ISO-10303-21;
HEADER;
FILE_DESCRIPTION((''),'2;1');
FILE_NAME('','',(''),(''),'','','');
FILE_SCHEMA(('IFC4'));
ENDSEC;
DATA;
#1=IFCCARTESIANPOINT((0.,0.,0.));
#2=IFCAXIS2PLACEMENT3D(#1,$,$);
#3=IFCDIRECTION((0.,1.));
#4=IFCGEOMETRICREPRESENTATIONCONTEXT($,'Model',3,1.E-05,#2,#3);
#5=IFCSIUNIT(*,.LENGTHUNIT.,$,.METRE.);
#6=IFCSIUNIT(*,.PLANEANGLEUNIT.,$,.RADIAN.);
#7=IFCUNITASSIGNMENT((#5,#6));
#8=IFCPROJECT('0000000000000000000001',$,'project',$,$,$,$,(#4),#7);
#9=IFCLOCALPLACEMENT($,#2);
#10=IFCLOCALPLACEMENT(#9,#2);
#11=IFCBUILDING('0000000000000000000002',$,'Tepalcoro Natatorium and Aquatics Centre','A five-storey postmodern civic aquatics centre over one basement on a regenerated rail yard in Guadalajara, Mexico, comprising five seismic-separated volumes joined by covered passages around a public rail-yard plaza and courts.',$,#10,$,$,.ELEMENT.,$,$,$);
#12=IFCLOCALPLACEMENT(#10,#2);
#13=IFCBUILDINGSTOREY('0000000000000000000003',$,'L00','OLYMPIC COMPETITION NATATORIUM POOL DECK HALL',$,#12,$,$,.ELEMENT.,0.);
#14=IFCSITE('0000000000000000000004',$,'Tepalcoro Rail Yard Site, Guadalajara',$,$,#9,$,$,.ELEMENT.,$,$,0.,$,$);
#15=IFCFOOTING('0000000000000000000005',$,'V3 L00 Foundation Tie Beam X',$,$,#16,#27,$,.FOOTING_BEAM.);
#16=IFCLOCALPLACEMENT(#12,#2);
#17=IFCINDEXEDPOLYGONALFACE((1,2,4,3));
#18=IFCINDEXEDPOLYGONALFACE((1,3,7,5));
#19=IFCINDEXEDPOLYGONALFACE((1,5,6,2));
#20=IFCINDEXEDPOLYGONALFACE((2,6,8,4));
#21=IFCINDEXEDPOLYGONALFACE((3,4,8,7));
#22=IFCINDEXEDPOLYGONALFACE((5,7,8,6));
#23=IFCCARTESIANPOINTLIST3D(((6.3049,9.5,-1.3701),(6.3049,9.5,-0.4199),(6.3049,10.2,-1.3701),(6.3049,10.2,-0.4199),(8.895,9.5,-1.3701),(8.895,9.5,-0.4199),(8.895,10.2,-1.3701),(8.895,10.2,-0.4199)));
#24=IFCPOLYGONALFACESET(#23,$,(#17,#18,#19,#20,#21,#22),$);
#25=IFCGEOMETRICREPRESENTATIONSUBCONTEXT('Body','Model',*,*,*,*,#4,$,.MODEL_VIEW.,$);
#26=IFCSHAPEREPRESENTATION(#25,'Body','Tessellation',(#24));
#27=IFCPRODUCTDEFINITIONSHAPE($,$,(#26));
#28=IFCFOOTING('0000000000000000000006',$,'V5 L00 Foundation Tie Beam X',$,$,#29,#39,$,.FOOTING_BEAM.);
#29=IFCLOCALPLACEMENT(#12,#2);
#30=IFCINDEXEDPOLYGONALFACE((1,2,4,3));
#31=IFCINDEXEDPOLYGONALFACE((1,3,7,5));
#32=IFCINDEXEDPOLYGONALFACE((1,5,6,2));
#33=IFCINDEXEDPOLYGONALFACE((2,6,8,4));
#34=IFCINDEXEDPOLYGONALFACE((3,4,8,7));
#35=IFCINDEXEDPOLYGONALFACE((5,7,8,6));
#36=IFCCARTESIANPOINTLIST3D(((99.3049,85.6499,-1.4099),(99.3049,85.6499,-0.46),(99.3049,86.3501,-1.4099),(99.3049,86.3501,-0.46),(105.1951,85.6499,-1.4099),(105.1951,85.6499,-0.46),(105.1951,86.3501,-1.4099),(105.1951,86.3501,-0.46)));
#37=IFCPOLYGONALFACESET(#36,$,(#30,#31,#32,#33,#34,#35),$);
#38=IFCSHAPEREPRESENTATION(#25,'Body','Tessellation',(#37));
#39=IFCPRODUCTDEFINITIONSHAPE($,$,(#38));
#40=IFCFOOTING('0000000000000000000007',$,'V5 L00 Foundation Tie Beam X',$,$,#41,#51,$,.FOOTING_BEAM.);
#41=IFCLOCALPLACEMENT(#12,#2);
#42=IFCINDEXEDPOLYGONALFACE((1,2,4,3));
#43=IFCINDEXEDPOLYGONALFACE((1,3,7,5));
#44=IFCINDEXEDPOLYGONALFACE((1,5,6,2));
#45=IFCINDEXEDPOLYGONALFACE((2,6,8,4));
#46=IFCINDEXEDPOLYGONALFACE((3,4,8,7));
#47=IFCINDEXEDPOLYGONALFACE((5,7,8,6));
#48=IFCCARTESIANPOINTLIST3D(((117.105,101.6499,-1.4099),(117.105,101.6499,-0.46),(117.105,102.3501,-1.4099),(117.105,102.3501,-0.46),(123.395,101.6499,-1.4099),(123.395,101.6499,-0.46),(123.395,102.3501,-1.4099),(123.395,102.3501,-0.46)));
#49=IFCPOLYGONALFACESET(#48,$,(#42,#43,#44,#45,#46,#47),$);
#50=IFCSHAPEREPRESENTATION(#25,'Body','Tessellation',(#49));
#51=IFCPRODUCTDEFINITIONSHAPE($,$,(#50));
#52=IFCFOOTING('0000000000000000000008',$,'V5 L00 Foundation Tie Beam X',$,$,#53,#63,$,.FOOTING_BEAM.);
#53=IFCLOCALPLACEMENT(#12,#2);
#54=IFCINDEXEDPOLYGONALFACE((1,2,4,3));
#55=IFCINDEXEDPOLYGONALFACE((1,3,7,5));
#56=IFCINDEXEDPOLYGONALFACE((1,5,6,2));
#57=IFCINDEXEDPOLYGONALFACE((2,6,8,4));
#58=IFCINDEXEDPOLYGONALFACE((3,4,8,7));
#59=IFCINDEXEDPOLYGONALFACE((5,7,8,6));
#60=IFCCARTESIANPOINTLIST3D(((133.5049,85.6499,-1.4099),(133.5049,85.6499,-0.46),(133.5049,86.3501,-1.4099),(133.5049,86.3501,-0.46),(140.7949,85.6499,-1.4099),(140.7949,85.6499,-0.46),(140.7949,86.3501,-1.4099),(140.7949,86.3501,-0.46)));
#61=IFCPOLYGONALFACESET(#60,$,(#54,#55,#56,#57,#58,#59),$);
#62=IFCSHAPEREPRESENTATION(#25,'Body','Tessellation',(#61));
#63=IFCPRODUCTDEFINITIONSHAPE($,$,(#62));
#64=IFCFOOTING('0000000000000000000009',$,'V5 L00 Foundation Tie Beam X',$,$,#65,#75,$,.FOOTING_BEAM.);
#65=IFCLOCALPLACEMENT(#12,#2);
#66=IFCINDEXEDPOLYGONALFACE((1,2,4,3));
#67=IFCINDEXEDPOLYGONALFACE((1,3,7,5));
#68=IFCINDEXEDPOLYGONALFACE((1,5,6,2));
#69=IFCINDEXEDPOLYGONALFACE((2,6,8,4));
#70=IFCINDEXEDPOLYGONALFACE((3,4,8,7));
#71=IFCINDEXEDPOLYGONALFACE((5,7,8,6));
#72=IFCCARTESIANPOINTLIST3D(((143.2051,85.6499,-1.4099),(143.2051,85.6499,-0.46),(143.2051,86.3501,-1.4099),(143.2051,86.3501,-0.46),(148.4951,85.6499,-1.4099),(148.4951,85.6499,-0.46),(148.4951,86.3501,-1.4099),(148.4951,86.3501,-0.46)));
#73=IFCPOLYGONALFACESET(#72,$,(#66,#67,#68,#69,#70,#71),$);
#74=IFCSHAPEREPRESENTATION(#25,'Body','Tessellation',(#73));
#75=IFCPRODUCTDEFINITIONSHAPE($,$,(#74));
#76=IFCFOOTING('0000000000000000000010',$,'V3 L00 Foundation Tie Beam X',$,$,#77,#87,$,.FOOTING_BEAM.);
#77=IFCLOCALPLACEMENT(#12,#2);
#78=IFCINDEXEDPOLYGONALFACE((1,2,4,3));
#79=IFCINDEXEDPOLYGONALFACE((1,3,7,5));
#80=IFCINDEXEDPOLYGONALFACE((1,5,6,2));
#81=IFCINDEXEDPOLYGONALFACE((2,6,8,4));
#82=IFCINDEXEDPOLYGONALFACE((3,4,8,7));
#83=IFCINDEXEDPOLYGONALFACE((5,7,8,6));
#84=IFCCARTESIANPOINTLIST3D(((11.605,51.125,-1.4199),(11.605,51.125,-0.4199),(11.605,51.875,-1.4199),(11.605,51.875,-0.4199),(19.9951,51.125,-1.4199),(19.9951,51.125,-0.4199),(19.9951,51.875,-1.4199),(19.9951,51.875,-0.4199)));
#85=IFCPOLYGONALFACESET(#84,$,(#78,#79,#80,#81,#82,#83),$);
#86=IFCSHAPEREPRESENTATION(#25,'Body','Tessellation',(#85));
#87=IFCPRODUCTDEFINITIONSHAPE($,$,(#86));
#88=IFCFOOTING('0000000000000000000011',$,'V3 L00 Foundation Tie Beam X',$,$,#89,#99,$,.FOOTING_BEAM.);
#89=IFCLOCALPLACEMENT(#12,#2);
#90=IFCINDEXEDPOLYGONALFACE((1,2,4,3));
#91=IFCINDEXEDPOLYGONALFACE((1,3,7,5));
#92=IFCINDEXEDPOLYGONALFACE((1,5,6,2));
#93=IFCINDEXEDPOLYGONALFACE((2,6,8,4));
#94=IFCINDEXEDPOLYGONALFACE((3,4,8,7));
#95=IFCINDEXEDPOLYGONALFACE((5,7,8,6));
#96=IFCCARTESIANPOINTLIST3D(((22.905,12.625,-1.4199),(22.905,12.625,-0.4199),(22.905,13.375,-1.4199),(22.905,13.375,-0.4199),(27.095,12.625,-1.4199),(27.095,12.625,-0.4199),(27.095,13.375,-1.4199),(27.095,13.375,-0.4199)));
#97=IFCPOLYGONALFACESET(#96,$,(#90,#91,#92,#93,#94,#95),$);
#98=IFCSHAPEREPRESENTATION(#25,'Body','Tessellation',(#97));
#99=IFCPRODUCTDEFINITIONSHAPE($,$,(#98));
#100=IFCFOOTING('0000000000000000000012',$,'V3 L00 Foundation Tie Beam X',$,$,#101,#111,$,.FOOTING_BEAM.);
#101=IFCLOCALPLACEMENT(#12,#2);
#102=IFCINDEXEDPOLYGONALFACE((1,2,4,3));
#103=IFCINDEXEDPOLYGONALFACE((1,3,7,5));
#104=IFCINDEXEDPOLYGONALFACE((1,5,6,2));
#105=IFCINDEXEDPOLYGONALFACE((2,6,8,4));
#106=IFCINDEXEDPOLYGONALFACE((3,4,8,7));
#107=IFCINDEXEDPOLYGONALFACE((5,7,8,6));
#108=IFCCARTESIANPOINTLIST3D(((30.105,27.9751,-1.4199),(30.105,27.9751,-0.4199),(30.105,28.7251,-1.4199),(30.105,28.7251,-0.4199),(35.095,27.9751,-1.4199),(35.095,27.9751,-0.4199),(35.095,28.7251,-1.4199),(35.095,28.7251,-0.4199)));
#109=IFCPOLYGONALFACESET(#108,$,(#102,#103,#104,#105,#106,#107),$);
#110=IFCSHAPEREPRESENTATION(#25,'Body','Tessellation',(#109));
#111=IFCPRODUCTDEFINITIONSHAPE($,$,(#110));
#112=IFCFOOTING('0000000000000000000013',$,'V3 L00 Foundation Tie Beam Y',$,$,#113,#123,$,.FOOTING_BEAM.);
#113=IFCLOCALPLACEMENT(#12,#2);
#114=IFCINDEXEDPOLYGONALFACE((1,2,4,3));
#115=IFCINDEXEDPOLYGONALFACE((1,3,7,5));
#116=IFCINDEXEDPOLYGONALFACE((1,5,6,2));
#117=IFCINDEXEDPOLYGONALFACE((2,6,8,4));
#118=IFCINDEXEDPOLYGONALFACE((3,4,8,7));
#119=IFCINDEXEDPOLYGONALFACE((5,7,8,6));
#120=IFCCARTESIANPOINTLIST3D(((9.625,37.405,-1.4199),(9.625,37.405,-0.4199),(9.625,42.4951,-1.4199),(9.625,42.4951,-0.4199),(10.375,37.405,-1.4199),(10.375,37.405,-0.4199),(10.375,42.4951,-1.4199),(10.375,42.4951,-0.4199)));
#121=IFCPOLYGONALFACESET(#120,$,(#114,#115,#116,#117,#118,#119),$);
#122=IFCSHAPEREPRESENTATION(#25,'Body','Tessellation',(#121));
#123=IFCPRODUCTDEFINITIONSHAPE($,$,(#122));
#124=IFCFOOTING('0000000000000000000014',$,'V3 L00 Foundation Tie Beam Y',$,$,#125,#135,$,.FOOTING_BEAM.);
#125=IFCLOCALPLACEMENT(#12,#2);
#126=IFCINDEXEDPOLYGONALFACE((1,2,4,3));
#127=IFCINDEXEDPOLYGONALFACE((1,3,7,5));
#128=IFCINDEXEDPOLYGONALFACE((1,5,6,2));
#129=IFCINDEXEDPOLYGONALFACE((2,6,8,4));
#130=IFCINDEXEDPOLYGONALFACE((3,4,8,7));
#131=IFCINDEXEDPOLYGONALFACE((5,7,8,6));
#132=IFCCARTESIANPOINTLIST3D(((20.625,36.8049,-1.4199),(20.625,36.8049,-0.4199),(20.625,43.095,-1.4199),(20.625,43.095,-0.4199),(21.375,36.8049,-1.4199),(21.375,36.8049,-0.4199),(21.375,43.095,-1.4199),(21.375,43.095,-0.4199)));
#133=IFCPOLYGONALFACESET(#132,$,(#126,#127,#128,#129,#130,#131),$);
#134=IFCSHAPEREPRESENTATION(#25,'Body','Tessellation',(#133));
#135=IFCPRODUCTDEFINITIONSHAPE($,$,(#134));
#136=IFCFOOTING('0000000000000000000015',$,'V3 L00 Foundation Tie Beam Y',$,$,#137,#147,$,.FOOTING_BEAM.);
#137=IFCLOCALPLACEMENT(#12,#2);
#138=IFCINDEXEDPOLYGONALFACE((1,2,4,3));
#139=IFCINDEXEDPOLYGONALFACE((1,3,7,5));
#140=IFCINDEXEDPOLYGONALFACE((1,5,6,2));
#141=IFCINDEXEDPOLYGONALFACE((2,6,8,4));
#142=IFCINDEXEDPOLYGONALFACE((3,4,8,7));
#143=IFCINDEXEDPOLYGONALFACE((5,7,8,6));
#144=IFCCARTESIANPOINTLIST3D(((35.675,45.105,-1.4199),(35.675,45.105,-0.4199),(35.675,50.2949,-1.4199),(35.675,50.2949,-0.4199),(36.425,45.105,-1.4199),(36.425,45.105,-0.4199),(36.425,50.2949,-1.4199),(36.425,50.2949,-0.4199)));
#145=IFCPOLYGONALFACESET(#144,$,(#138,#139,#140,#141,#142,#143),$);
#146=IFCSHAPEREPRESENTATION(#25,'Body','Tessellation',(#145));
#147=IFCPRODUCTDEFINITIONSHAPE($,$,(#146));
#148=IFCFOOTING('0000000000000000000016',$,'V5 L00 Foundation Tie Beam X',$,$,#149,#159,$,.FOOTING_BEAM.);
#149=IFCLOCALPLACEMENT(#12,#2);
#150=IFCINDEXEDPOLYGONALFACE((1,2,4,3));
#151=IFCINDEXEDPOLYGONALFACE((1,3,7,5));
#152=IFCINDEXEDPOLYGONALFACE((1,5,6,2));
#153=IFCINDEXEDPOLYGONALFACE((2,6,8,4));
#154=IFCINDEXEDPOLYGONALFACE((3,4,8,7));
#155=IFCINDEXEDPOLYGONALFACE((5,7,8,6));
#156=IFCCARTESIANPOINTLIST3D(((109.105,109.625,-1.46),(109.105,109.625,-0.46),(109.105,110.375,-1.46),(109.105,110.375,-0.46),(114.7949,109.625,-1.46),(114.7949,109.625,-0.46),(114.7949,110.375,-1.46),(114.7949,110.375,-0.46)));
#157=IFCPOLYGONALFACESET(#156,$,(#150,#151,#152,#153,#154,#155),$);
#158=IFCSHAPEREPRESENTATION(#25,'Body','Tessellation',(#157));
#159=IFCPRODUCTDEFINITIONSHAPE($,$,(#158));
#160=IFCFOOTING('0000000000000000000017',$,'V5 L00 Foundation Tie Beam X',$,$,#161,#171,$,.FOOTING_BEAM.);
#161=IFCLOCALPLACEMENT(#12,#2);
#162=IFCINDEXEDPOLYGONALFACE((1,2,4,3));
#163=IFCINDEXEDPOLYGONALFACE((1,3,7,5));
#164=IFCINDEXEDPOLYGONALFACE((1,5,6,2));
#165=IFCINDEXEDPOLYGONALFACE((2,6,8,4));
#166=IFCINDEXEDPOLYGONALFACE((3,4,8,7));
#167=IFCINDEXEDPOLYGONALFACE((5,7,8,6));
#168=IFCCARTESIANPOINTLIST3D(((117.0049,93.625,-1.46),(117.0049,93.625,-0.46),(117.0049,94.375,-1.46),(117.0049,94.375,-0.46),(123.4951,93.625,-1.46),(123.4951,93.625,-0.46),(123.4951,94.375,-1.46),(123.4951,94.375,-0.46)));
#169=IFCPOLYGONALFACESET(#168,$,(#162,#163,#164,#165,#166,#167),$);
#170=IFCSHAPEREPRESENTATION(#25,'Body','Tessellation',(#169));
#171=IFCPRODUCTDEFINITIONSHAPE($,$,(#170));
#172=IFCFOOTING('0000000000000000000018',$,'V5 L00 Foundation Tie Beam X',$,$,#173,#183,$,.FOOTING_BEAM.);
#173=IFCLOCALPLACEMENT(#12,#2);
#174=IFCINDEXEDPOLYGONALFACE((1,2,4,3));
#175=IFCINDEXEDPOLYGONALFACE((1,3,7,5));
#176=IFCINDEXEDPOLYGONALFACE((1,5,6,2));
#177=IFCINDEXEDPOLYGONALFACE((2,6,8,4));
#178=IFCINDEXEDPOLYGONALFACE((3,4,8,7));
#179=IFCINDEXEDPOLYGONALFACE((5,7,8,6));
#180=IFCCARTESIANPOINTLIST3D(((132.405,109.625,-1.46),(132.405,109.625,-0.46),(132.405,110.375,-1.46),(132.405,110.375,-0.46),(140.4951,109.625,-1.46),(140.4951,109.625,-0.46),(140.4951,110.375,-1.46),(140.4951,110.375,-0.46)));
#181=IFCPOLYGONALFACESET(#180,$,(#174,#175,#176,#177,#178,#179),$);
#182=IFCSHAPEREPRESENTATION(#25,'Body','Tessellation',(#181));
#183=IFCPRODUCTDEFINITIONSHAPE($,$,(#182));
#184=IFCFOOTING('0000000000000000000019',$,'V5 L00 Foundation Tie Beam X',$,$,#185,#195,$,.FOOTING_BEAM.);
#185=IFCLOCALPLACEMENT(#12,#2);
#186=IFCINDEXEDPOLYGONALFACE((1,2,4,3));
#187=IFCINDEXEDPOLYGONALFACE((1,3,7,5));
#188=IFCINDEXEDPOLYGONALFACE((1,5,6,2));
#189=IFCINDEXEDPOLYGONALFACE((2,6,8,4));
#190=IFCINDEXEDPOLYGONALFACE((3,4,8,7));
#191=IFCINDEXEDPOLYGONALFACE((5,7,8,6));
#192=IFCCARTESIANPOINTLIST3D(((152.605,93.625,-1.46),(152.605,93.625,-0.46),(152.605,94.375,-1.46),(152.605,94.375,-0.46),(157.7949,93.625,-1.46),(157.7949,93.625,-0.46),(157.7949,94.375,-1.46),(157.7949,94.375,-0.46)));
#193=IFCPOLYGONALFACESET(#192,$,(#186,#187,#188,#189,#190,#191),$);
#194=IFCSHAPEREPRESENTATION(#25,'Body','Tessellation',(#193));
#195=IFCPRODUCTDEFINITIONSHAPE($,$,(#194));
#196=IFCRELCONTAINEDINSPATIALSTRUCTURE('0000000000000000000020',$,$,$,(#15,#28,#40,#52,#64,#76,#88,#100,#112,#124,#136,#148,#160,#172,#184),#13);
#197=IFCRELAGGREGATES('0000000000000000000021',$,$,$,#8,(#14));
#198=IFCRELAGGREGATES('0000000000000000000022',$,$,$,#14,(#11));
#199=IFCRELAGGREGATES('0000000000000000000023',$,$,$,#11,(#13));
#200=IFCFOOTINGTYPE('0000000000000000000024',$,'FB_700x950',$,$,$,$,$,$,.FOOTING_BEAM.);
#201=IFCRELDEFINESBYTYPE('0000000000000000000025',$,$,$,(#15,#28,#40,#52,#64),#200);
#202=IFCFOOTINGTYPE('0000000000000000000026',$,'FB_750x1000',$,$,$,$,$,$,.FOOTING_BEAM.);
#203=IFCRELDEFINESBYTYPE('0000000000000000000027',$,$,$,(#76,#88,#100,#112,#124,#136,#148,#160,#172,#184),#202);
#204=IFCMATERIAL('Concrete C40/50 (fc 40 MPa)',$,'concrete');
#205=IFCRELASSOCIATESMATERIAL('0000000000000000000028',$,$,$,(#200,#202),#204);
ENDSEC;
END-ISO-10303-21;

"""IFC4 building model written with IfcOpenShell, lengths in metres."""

from ifc_helpers import new_model, si_unit, direction, frame, origin, place, context, subcontext, project, spatial, polyline, outline, extrude, material, type_object, element, save


model = new_model("IFC4")

# Units and contexts
model_context = context("Model", 3, precision=1e-05, world=origin(), true_north=direction((0.0, 1.0)))
body_context = subcontext(model_context, "Body", "Model", "MODEL_VIEW")
ifc_project = project(units=[si_unit("LENGTHUNIT", "METRE"), si_unit("PLANEANGLEUNIT", "RADIAN")], contexts=[model_context])

# Site, building, storey
site_placement = place(None, origin())
site = spatial("IfcSite", under=ifc_project, at=site_placement, Name="Tepalcoro Rail Yard Site, Guadalajara", CompositionType="ELEMENT", RefElevation=0.0)
building_placement = place(site_placement, origin())
building = spatial("IfcBuilding", under=site, at=building_placement, Name="Tepalcoro Natatorium and Aquatics Centre", Description="A five-storey postmodern civic aquatics centre over one basement on a regenerated rail yard in Guadalajara, Mexico, comprising five seismic-separated volumes joined by covered passages around a public rail-yard plaza and courts.", CompositionType="ELEMENT")
storey_placement = place(building_placement, origin())
storey = spatial("IfcBuildingStorey", under=building, at=storey_placement, Name="L00", Description="OLYMPIC COMPETITION NATATORIUM POOL DECK HALL", CompositionType="ELEMENT", Elevation=0.0)

# Footings
ifc_material = material(Name="Concrete C40/50 (fc 40 MPa)", Category="concrete")
footing_type_1 = type_object("IfcFootingType", Name="FB_700x950", PredefinedType="FOOTING_BEAM", material=ifc_material)
footing_1_placement = place(storey_placement, frame((0.0, 0.0, -1.3701)))
element("IfcFooting", 1, at=footing_1_placement, inside=storey, type_object=footing_type_1, Name="V3 L00 Foundation Tie Beam X", PredefinedType="FOOTING_BEAM", context=body_context, shape_type="SweptSolid", body=[
    extrude(outline(polyline([(6.3049, 9.5), (8.895, 9.5), (8.895, 10.2), (6.3049, 10.2), (6.3049, 9.5)])), origin(), (0.0, 0.0, 1.0), 0.9502),
])
footing_2_placement = place(storey_placement, frame((0.0, 0.0, -1.4099)))
element("IfcFooting", 2, at=footing_2_placement, inside=storey, type_object=footing_type_1, Name="V5 L00 Foundation Tie Beam X", PredefinedType="FOOTING_BEAM", context=body_context, shape_type="SweptSolid", body=[
    extrude(outline(polyline([(99.3049, 85.6499), (105.1951, 85.6499), (105.1951, 86.3501), (99.3049, 86.3501), (99.3049, 85.6499)])), origin(), (0.0, 0.0, 1.0), 0.95),
])
footing_3_placement = place(storey_placement, frame((0.0, 0.0, -1.4099)))
element("IfcFooting", 3, at=footing_3_placement, inside=storey, type_object=footing_type_1, Name="V5 L00 Foundation Tie Beam X", PredefinedType="FOOTING_BEAM", context=body_context, shape_type="SweptSolid", body=[
    extrude(outline(polyline([(117.105, 101.6499), (123.395, 101.6499), (123.395, 102.3501), (117.105, 102.3501), (117.105, 101.6499)])), origin(), (0.0, 0.0, 1.0), 0.95),
])
footing_4_placement = place(storey_placement, frame((0.0, 0.0, -1.4099)))
element("IfcFooting", 4, at=footing_4_placement, inside=storey, type_object=footing_type_1, Name="V5 L00 Foundation Tie Beam X", PredefinedType="FOOTING_BEAM", context=body_context, shape_type="SweptSolid", body=[
    extrude(outline(polyline([(133.5049, 85.6499), (140.7949, 85.6499), (140.7949, 86.3501), (133.5049, 86.3501), (133.5049, 85.6499)])), origin(), (0.0, 0.0, 1.0), 0.95),
])
footing_5_placement = place(storey_placement, frame((0.0, 0.0, -1.4099)))
element("IfcFooting", 5, at=footing_5_placement, inside=storey, type_object=footing_type_1, Name="V5 L00 Foundation Tie Beam X", PredefinedType="FOOTING_BEAM", context=body_context, shape_type="SweptSolid", body=[
    extrude(outline(polyline([(143.2051, 85.6499), (148.4951, 85.6499), (148.4951, 86.3501), (143.2051, 86.3501), (143.2051, 85.6499)])), origin(), (0.0, 0.0, 1.0), 0.95),
])
footing_type_2 = type_object("IfcFootingType", Name="FB_750x1000", PredefinedType="FOOTING_BEAM", material=ifc_material)
footing_6_placement = place(storey_placement, frame((0.0, 0.0, -1.4199)))
element("IfcFooting", 6, at=footing_6_placement, inside=storey, type_object=footing_type_2, Name="V3 L00 Foundation Tie Beam X", PredefinedType="FOOTING_BEAM", context=body_context, shape_type="SweptSolid", body=[
    extrude(outline(polyline([(11.605, 51.125), (19.9951, 51.125), (19.9951, 51.875), (11.605, 51.875), (11.605, 51.125)])), origin(), (0.0, 0.0, 1.0), 1.0),
])
footing_7_placement = place(storey_placement, frame((0.0, 0.0, -1.4199)))
element("IfcFooting", 7, at=footing_7_placement, inside=storey, type_object=footing_type_2, Name="V3 L00 Foundation Tie Beam X", PredefinedType="FOOTING_BEAM", context=body_context, shape_type="SweptSolid", body=[
    extrude(outline(polyline([(22.905, 12.625), (27.095, 12.625), (27.095, 13.375), (22.905, 13.375), (22.905, 12.625)])), origin(), (0.0, 0.0, 1.0), 1.0),
])
footing_8_placement = place(storey_placement, frame((0.0, 0.0, -1.4199)))
element("IfcFooting", 8, at=footing_8_placement, inside=storey, type_object=footing_type_2, Name="V3 L00 Foundation Tie Beam X", PredefinedType="FOOTING_BEAM", context=body_context, shape_type="SweptSolid", body=[
    extrude(outline(polyline([(30.105, 27.9751), (35.095, 27.9751), (35.095, 28.7251), (30.105, 28.7251), (30.105, 27.9751)])), origin(), (0.0, 0.0, 1.0), 1.0),
])
footing_9_placement = place(storey_placement, frame((0.0, 0.0, -1.4199)))
element("IfcFooting", 9, at=footing_9_placement, inside=storey, type_object=footing_type_2, Name="V3 L00 Foundation Tie Beam Y", PredefinedType="FOOTING_BEAM", context=body_context, shape_type="SweptSolid", body=[
    extrude(outline(polyline([(10.375, 37.405), (10.375, 42.4951), (9.625, 42.4951), (9.625, 37.405), (10.375, 37.405)])), origin(), (0.0, 0.0, 1.0), 1.0),
])
footing_10_placement = place(storey_placement, frame((0.0, 0.0, -1.4199)))
element("IfcFooting", 10, at=footing_10_placement, inside=storey, type_object=footing_type_2, Name="V3 L00 Foundation Tie Beam Y", PredefinedType="FOOTING_BEAM", context=body_context, shape_type="SweptSolid", body=[
    extrude(outline(polyline([(21.375, 36.8049), (21.375, 43.095), (20.625, 43.095), (20.625, 36.8049), (21.375, 36.8049)])), origin(), (0.0, 0.0, 1.0), 1.0),
])
footing_11_placement = place(storey_placement, frame((0.0, 0.0, -1.4199)))
element("IfcFooting", 11, at=footing_11_placement, inside=storey, type_object=footing_type_2, Name="V3 L00 Foundation Tie Beam Y", PredefinedType="FOOTING_BEAM", context=body_context, shape_type="SweptSolid", body=[
    extrude(outline(polyline([(36.425, 45.105), (36.425, 50.2949), (35.675, 50.2949), (35.675, 45.105), (36.425, 45.105)])), origin(), (0.0, 0.0, 1.0), 1.0),
])
footing_12_placement = place(storey_placement, frame((0.0, 0.0, -1.46)))
element("IfcFooting", 12, at=footing_12_placement, inside=storey, type_object=footing_type_2, Name="V5 L00 Foundation Tie Beam X", PredefinedType="FOOTING_BEAM", context=body_context, shape_type="SweptSolid", body=[
    extrude(outline(polyline([(109.105, 109.625), (114.7949, 109.625), (114.7949, 110.375), (109.105, 110.375), (109.105, 109.625)])), origin(), (0.0, 0.0, 1.0), 1.0),
])
footing_13_placement = place(storey_placement, frame((0.0, 0.0, -1.46)))
element("IfcFooting", 13, at=footing_13_placement, inside=storey, type_object=footing_type_2, Name="V5 L00 Foundation Tie Beam X", PredefinedType="FOOTING_BEAM", context=body_context, shape_type="SweptSolid", body=[
    extrude(outline(polyline([(117.0049, 93.625), (123.4951, 93.625), (123.4951, 94.375), (117.0049, 94.375), (117.0049, 93.625)])), origin(), (0.0, 0.0, 1.0), 1.0),
])
footing_14_placement = place(storey_placement, frame((0.0, 0.0, -1.46)))
element("IfcFooting", 14, at=footing_14_placement, inside=storey, type_object=footing_type_2, Name="V5 L00 Foundation Tie Beam X", PredefinedType="FOOTING_BEAM", context=body_context, shape_type="SweptSolid", body=[
    extrude(outline(polyline([(132.405, 109.625), (140.4951, 109.625), (140.4951, 110.375), (132.405, 110.375), (132.405, 109.625)])), origin(), (0.0, 0.0, 1.0), 1.0),
])
footing_15_placement = place(storey_placement, frame((0.0, 0.0, -1.46)))
element("IfcFooting", 15, at=footing_15_placement, inside=storey, type_object=footing_type_2, Name="V5 L00 Foundation Tie Beam X", PredefinedType="FOOTING_BEAM", context=body_context, shape_type="SweptSolid", body=[
    extrude(outline(polyline([(152.605, 93.625), (157.7949, 93.625), (157.7949, 94.375), (152.605, 94.375), (152.605, 93.625)])), origin(), (0.0, 0.0, 1.0), 1.0),
])

save(model, "model.ifc")
